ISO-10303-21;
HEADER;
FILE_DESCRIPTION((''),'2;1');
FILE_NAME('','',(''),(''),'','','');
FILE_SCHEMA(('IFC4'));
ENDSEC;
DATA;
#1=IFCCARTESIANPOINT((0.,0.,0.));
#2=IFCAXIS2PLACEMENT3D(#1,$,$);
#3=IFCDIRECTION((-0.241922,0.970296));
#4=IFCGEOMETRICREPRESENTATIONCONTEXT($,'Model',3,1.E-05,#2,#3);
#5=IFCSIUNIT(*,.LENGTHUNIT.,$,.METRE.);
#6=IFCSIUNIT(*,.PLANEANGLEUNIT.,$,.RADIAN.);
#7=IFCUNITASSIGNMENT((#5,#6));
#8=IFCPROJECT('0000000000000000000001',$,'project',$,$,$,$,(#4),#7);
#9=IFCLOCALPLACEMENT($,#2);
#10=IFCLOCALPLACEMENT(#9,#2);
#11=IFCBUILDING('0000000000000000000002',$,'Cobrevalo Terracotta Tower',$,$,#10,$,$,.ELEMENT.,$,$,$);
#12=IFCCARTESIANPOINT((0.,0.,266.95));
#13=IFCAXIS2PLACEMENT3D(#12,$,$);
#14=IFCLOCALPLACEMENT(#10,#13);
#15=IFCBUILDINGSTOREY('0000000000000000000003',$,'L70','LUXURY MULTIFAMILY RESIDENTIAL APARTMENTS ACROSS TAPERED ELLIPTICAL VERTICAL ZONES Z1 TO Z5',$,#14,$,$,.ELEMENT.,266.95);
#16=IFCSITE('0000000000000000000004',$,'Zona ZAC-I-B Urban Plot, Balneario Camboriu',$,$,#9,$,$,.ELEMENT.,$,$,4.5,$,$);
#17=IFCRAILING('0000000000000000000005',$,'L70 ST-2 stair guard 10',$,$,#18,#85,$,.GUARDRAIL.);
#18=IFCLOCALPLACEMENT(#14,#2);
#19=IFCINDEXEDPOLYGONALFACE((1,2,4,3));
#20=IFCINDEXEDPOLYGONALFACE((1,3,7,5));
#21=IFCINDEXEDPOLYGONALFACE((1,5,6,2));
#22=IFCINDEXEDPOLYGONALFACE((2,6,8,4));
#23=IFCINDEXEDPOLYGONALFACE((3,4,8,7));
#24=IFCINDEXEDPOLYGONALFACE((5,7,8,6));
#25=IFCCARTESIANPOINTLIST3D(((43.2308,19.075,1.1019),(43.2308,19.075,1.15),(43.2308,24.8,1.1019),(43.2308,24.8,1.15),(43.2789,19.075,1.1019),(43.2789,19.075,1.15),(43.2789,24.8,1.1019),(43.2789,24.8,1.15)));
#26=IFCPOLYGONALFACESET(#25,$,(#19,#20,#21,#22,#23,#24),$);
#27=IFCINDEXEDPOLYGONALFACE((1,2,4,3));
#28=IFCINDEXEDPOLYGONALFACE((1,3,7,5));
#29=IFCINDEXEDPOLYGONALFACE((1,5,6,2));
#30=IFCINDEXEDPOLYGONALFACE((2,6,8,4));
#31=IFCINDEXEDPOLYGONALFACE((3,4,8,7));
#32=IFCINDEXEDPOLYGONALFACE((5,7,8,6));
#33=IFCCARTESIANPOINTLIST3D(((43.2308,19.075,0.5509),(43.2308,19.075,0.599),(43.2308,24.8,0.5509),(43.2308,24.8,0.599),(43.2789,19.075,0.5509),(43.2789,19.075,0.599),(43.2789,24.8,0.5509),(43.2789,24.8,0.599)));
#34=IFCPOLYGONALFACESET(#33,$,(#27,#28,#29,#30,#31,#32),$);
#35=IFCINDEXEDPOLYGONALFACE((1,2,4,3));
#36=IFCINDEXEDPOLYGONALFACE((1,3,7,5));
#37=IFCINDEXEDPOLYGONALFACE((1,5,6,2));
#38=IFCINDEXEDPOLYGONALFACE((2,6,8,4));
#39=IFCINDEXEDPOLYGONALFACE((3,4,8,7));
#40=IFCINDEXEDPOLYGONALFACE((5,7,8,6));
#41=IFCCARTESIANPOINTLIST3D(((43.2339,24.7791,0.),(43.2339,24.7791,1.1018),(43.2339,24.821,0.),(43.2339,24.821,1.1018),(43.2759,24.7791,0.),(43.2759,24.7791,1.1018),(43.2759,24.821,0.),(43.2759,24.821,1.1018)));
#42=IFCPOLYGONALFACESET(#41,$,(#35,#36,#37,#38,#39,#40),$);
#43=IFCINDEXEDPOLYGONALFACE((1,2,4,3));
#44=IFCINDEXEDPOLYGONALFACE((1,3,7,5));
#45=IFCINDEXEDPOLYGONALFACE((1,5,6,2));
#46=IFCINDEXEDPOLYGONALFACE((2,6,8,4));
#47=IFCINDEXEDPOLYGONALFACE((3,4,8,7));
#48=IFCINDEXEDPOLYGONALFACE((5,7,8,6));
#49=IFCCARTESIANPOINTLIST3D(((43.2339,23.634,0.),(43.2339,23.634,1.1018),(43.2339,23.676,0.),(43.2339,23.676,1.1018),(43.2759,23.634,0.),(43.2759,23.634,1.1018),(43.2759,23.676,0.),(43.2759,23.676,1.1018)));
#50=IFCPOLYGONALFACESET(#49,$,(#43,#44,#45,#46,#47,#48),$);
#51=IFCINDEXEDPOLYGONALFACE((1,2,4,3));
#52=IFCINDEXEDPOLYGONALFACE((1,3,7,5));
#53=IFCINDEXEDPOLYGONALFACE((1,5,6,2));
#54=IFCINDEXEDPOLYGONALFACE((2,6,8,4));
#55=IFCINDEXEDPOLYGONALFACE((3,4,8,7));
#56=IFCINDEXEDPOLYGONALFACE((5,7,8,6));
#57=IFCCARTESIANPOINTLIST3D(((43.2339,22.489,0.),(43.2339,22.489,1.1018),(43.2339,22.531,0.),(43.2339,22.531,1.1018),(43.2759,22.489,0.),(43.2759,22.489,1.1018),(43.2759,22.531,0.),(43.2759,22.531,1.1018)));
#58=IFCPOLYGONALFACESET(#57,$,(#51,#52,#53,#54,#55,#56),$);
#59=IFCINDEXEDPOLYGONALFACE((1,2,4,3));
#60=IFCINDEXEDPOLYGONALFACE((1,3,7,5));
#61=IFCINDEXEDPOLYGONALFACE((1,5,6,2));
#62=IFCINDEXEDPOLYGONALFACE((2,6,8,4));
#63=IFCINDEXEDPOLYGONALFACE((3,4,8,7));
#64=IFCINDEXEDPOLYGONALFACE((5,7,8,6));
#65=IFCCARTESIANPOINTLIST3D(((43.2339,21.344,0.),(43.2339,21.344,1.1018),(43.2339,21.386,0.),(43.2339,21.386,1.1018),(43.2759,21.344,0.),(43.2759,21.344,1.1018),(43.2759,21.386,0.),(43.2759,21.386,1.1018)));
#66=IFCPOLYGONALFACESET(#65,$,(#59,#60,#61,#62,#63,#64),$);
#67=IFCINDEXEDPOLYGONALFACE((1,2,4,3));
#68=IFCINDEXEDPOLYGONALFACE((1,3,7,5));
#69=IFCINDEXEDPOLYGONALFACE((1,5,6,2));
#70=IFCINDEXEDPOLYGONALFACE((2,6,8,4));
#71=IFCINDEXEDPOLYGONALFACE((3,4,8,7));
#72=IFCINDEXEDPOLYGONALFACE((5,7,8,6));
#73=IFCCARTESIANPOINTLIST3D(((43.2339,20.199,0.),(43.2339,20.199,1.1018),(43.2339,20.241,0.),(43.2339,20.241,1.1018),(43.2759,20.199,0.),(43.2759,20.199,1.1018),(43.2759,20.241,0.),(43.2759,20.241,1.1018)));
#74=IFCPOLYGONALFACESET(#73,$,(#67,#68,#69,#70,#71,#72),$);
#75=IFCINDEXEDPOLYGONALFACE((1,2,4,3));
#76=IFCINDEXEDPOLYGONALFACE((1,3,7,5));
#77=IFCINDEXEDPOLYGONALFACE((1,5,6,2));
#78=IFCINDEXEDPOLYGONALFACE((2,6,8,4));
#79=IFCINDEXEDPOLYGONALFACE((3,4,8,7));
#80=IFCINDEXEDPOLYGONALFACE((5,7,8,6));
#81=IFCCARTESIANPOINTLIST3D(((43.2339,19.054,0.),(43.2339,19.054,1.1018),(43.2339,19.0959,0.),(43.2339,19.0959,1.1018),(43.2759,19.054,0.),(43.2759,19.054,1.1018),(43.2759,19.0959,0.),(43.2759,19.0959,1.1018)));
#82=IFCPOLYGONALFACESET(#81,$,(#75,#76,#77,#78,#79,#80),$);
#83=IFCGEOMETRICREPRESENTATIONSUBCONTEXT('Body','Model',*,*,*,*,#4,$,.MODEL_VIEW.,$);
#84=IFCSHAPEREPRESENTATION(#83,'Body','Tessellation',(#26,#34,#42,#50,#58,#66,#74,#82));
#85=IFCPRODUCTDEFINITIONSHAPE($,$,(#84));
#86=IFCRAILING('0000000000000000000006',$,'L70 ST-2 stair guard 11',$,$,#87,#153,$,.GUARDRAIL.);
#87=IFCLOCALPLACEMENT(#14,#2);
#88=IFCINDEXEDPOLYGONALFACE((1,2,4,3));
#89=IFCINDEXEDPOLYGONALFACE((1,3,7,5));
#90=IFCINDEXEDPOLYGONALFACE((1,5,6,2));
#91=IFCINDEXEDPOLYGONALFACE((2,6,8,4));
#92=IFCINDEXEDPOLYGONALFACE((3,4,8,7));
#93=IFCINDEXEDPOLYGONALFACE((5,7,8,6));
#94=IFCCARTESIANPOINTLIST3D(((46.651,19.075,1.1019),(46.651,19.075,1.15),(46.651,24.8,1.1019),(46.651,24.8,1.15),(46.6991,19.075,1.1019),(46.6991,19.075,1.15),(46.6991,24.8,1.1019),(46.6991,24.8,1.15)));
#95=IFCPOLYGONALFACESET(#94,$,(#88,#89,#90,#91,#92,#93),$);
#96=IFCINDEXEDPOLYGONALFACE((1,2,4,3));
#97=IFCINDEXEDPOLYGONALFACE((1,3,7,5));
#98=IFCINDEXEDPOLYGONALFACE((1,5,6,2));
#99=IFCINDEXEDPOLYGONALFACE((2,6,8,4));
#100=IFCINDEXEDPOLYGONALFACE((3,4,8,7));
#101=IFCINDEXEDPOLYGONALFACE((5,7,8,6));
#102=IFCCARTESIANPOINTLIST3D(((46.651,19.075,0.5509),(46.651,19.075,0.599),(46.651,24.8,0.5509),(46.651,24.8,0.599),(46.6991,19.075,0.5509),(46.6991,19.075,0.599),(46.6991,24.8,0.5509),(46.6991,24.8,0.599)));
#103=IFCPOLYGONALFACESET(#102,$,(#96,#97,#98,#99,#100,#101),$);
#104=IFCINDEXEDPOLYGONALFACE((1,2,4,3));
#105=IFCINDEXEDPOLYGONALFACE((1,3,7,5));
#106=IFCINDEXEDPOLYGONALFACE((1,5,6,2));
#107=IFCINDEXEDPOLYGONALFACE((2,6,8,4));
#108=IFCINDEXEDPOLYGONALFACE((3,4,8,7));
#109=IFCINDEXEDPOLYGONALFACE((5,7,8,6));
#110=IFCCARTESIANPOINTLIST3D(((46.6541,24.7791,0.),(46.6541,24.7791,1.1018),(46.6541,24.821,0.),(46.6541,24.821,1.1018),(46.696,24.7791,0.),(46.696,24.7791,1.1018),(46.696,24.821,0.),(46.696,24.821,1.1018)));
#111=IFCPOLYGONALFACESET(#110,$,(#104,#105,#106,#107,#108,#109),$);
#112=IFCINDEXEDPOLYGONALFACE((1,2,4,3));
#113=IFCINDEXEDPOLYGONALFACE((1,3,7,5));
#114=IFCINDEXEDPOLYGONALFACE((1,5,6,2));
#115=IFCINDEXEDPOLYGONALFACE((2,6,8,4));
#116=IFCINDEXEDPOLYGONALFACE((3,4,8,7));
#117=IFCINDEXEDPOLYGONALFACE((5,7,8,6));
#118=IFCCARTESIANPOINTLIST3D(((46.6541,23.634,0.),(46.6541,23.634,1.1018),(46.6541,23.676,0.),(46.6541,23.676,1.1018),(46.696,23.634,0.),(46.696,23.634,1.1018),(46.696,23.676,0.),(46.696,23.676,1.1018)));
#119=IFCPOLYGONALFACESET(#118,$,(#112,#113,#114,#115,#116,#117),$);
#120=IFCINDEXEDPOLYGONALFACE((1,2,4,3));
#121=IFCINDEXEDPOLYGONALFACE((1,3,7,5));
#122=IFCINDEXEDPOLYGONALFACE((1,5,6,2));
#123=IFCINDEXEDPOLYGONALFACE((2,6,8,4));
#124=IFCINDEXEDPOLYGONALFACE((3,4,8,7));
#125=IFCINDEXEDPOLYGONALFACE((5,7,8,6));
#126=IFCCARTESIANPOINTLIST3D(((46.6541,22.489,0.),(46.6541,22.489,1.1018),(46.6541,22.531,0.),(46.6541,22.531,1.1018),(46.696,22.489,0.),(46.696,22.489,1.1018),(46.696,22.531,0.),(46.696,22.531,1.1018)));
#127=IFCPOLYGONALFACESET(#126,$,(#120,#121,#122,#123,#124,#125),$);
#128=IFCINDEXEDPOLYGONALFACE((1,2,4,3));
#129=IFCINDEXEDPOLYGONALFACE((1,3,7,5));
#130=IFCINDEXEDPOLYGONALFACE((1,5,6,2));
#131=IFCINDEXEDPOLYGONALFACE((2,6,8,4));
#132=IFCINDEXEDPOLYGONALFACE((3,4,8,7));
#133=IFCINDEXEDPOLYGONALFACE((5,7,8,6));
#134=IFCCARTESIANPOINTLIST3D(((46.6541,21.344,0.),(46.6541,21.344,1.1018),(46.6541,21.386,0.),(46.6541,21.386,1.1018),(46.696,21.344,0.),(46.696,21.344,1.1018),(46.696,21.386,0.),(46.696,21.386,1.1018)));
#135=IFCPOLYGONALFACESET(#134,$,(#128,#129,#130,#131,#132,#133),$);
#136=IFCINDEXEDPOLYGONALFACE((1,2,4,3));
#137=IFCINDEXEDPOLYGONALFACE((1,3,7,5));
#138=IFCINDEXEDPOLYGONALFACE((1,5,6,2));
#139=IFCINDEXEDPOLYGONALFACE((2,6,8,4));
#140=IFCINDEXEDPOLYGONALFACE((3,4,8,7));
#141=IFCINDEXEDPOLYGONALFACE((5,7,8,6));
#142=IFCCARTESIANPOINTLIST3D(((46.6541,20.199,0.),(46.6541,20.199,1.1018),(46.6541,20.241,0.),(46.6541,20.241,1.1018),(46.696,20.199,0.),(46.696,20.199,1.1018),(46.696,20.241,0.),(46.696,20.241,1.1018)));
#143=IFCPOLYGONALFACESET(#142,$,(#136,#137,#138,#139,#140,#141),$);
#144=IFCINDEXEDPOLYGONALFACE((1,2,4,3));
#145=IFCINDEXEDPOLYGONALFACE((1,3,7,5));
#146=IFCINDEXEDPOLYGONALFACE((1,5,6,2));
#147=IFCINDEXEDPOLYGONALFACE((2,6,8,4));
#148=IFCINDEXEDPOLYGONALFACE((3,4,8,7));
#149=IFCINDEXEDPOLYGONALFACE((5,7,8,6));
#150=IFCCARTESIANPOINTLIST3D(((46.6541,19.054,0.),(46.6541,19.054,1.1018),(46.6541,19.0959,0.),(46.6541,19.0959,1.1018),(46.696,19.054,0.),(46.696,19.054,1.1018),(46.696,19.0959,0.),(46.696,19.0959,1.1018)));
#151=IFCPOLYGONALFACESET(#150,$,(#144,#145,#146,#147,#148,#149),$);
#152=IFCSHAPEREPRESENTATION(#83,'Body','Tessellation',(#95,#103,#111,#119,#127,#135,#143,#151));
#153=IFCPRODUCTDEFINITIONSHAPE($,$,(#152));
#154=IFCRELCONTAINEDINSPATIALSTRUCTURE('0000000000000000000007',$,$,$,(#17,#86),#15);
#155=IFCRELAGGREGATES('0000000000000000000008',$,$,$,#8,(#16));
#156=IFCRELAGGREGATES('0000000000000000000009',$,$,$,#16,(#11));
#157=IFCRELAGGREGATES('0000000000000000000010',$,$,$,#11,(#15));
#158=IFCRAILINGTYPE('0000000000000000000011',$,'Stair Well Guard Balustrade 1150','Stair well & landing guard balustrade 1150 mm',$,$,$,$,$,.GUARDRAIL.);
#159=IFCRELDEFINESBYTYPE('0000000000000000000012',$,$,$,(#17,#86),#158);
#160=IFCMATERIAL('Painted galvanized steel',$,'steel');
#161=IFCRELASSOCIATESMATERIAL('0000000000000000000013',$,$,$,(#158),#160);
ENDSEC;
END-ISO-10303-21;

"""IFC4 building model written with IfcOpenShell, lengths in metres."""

from ifc_helpers import new_model, si_unit, direction, frame, origin, origin_2d, place, context, subcontext, project, spatial, rectangle, extrude, material, type_object, element, save


model = new_model("IFC4")

# Units and contexts
model_context = context("Model", 3, precision=1e-05, world=origin(), true_north=direction((-0.241922, 0.970296)))
body_context = subcontext(model_context, "Body", "Model", "MODEL_VIEW")
ifc_project = project(units=[si_unit("LENGTHUNIT", "METRE"), si_unit("PLANEANGLEUNIT", "RADIAN")], contexts=[model_context])

# Site, building, storey
site_placement = place(None, origin())
site = spatial("IfcSite", under=ifc_project, at=site_placement, Name="Zona ZAC-I-B Urban Plot, Balneario Camboriu", CompositionType="ELEMENT", RefElevation=4.5)
building_placement = place(site_placement, origin())
building = spatial("IfcBuilding", under=site, at=building_placement, Name="Cobrevalo Terracotta Tower", CompositionType="ELEMENT")
storey_placement = place(building_placement, frame((0.0, 0.0, 266.95)))
storey = spatial("IfcBuildingStorey", under=building, at=storey_placement, Name="L70", Description="LUXURY MULTIFAMILY RESIDENTIAL APARTMENTS ACROSS TAPERED ELLIPTICAL VERTICAL ZONES Z1 TO Z5", CompositionType="ELEMENT", Elevation=266.95)

# Railings
ifc_material_1 = material(Name="Painted galvanized steel", Category="steel")
railing_type_1 = type_object("IfcRailingType", Name="Stair Well Guard Balustrade 1150", Description="Stair well & landing guard balustrade 1150 mm", PredefinedType="GUARDRAIL", material=ifc_material_1)
for number, where, name in (
    (1, (43.2549, 24.8, 0.0), "L70 ST-2 stair guard 10"),
    (2, (46.675, 24.8, 0.0), "L70 ST-2 stair guard 11"),
):
    element("IfcRailing", number, at=place(storey_placement, frame(where)), inside=storey, type_object=railing_type_1, Name=name, PredefinedType="GUARDRAIL", context=body_context, shape_type="SweptSolid", body=[
        extrude(rectangle(XDim=0.0481, YDim=0.0481, at=origin_2d()), frame((0.0, 0.0, 1.126), z_axis=(0.0, -1.0, 0.0), x_axis=(1.0, 0.0, 0.0)), (0.0, 0.0, 1.0), 5.7251),
        extrude(rectangle(XDim=0.0481, YDim=0.0481, at=origin_2d()), frame((0.0, 0.0, 0.575), z_axis=(0.0, -1.0, 0.0), x_axis=(1.0, 0.0, 0.0)), (0.0, 0.0, 1.0), 5.7251),
        extrude(rectangle(XDim=0.042, YDim=0.042, at=origin_2d()), origin(), (0.0, 0.0, 1.0), 1.1018),
        extrude(rectangle(XDim=0.042, YDim=0.042, at=origin_2d()), frame((0.0, -1.145, 0.0)), (0.0, 0.0, 1.0), 1.1018),
        extrude(rectangle(XDim=0.042, YDim=0.042, at=origin_2d()), frame((0.0, -2.29, 0.0)), (0.0, 0.0, 1.0), 1.1018),
        extrude(rectangle(XDim=0.042, YDim=0.042, at=origin_2d()), frame((0.0, -3.4351, 0.0)), (0.0, 0.0, 1.0), 1.1018),
        extrude(rectangle(XDim=0.042, YDim=0.042, at=origin_2d()), frame((0.0, -4.5801, 0.0)), (0.0, 0.0, 1.0), 1.1018),
        extrude(rectangle(XDim=0.042, YDim=0.042, at=origin_2d()), frame((0.0, -5.7251, 0.0)), (0.0, 0.0, 1.0), 1.1018),
    ])

save(model, "model.ifc")
